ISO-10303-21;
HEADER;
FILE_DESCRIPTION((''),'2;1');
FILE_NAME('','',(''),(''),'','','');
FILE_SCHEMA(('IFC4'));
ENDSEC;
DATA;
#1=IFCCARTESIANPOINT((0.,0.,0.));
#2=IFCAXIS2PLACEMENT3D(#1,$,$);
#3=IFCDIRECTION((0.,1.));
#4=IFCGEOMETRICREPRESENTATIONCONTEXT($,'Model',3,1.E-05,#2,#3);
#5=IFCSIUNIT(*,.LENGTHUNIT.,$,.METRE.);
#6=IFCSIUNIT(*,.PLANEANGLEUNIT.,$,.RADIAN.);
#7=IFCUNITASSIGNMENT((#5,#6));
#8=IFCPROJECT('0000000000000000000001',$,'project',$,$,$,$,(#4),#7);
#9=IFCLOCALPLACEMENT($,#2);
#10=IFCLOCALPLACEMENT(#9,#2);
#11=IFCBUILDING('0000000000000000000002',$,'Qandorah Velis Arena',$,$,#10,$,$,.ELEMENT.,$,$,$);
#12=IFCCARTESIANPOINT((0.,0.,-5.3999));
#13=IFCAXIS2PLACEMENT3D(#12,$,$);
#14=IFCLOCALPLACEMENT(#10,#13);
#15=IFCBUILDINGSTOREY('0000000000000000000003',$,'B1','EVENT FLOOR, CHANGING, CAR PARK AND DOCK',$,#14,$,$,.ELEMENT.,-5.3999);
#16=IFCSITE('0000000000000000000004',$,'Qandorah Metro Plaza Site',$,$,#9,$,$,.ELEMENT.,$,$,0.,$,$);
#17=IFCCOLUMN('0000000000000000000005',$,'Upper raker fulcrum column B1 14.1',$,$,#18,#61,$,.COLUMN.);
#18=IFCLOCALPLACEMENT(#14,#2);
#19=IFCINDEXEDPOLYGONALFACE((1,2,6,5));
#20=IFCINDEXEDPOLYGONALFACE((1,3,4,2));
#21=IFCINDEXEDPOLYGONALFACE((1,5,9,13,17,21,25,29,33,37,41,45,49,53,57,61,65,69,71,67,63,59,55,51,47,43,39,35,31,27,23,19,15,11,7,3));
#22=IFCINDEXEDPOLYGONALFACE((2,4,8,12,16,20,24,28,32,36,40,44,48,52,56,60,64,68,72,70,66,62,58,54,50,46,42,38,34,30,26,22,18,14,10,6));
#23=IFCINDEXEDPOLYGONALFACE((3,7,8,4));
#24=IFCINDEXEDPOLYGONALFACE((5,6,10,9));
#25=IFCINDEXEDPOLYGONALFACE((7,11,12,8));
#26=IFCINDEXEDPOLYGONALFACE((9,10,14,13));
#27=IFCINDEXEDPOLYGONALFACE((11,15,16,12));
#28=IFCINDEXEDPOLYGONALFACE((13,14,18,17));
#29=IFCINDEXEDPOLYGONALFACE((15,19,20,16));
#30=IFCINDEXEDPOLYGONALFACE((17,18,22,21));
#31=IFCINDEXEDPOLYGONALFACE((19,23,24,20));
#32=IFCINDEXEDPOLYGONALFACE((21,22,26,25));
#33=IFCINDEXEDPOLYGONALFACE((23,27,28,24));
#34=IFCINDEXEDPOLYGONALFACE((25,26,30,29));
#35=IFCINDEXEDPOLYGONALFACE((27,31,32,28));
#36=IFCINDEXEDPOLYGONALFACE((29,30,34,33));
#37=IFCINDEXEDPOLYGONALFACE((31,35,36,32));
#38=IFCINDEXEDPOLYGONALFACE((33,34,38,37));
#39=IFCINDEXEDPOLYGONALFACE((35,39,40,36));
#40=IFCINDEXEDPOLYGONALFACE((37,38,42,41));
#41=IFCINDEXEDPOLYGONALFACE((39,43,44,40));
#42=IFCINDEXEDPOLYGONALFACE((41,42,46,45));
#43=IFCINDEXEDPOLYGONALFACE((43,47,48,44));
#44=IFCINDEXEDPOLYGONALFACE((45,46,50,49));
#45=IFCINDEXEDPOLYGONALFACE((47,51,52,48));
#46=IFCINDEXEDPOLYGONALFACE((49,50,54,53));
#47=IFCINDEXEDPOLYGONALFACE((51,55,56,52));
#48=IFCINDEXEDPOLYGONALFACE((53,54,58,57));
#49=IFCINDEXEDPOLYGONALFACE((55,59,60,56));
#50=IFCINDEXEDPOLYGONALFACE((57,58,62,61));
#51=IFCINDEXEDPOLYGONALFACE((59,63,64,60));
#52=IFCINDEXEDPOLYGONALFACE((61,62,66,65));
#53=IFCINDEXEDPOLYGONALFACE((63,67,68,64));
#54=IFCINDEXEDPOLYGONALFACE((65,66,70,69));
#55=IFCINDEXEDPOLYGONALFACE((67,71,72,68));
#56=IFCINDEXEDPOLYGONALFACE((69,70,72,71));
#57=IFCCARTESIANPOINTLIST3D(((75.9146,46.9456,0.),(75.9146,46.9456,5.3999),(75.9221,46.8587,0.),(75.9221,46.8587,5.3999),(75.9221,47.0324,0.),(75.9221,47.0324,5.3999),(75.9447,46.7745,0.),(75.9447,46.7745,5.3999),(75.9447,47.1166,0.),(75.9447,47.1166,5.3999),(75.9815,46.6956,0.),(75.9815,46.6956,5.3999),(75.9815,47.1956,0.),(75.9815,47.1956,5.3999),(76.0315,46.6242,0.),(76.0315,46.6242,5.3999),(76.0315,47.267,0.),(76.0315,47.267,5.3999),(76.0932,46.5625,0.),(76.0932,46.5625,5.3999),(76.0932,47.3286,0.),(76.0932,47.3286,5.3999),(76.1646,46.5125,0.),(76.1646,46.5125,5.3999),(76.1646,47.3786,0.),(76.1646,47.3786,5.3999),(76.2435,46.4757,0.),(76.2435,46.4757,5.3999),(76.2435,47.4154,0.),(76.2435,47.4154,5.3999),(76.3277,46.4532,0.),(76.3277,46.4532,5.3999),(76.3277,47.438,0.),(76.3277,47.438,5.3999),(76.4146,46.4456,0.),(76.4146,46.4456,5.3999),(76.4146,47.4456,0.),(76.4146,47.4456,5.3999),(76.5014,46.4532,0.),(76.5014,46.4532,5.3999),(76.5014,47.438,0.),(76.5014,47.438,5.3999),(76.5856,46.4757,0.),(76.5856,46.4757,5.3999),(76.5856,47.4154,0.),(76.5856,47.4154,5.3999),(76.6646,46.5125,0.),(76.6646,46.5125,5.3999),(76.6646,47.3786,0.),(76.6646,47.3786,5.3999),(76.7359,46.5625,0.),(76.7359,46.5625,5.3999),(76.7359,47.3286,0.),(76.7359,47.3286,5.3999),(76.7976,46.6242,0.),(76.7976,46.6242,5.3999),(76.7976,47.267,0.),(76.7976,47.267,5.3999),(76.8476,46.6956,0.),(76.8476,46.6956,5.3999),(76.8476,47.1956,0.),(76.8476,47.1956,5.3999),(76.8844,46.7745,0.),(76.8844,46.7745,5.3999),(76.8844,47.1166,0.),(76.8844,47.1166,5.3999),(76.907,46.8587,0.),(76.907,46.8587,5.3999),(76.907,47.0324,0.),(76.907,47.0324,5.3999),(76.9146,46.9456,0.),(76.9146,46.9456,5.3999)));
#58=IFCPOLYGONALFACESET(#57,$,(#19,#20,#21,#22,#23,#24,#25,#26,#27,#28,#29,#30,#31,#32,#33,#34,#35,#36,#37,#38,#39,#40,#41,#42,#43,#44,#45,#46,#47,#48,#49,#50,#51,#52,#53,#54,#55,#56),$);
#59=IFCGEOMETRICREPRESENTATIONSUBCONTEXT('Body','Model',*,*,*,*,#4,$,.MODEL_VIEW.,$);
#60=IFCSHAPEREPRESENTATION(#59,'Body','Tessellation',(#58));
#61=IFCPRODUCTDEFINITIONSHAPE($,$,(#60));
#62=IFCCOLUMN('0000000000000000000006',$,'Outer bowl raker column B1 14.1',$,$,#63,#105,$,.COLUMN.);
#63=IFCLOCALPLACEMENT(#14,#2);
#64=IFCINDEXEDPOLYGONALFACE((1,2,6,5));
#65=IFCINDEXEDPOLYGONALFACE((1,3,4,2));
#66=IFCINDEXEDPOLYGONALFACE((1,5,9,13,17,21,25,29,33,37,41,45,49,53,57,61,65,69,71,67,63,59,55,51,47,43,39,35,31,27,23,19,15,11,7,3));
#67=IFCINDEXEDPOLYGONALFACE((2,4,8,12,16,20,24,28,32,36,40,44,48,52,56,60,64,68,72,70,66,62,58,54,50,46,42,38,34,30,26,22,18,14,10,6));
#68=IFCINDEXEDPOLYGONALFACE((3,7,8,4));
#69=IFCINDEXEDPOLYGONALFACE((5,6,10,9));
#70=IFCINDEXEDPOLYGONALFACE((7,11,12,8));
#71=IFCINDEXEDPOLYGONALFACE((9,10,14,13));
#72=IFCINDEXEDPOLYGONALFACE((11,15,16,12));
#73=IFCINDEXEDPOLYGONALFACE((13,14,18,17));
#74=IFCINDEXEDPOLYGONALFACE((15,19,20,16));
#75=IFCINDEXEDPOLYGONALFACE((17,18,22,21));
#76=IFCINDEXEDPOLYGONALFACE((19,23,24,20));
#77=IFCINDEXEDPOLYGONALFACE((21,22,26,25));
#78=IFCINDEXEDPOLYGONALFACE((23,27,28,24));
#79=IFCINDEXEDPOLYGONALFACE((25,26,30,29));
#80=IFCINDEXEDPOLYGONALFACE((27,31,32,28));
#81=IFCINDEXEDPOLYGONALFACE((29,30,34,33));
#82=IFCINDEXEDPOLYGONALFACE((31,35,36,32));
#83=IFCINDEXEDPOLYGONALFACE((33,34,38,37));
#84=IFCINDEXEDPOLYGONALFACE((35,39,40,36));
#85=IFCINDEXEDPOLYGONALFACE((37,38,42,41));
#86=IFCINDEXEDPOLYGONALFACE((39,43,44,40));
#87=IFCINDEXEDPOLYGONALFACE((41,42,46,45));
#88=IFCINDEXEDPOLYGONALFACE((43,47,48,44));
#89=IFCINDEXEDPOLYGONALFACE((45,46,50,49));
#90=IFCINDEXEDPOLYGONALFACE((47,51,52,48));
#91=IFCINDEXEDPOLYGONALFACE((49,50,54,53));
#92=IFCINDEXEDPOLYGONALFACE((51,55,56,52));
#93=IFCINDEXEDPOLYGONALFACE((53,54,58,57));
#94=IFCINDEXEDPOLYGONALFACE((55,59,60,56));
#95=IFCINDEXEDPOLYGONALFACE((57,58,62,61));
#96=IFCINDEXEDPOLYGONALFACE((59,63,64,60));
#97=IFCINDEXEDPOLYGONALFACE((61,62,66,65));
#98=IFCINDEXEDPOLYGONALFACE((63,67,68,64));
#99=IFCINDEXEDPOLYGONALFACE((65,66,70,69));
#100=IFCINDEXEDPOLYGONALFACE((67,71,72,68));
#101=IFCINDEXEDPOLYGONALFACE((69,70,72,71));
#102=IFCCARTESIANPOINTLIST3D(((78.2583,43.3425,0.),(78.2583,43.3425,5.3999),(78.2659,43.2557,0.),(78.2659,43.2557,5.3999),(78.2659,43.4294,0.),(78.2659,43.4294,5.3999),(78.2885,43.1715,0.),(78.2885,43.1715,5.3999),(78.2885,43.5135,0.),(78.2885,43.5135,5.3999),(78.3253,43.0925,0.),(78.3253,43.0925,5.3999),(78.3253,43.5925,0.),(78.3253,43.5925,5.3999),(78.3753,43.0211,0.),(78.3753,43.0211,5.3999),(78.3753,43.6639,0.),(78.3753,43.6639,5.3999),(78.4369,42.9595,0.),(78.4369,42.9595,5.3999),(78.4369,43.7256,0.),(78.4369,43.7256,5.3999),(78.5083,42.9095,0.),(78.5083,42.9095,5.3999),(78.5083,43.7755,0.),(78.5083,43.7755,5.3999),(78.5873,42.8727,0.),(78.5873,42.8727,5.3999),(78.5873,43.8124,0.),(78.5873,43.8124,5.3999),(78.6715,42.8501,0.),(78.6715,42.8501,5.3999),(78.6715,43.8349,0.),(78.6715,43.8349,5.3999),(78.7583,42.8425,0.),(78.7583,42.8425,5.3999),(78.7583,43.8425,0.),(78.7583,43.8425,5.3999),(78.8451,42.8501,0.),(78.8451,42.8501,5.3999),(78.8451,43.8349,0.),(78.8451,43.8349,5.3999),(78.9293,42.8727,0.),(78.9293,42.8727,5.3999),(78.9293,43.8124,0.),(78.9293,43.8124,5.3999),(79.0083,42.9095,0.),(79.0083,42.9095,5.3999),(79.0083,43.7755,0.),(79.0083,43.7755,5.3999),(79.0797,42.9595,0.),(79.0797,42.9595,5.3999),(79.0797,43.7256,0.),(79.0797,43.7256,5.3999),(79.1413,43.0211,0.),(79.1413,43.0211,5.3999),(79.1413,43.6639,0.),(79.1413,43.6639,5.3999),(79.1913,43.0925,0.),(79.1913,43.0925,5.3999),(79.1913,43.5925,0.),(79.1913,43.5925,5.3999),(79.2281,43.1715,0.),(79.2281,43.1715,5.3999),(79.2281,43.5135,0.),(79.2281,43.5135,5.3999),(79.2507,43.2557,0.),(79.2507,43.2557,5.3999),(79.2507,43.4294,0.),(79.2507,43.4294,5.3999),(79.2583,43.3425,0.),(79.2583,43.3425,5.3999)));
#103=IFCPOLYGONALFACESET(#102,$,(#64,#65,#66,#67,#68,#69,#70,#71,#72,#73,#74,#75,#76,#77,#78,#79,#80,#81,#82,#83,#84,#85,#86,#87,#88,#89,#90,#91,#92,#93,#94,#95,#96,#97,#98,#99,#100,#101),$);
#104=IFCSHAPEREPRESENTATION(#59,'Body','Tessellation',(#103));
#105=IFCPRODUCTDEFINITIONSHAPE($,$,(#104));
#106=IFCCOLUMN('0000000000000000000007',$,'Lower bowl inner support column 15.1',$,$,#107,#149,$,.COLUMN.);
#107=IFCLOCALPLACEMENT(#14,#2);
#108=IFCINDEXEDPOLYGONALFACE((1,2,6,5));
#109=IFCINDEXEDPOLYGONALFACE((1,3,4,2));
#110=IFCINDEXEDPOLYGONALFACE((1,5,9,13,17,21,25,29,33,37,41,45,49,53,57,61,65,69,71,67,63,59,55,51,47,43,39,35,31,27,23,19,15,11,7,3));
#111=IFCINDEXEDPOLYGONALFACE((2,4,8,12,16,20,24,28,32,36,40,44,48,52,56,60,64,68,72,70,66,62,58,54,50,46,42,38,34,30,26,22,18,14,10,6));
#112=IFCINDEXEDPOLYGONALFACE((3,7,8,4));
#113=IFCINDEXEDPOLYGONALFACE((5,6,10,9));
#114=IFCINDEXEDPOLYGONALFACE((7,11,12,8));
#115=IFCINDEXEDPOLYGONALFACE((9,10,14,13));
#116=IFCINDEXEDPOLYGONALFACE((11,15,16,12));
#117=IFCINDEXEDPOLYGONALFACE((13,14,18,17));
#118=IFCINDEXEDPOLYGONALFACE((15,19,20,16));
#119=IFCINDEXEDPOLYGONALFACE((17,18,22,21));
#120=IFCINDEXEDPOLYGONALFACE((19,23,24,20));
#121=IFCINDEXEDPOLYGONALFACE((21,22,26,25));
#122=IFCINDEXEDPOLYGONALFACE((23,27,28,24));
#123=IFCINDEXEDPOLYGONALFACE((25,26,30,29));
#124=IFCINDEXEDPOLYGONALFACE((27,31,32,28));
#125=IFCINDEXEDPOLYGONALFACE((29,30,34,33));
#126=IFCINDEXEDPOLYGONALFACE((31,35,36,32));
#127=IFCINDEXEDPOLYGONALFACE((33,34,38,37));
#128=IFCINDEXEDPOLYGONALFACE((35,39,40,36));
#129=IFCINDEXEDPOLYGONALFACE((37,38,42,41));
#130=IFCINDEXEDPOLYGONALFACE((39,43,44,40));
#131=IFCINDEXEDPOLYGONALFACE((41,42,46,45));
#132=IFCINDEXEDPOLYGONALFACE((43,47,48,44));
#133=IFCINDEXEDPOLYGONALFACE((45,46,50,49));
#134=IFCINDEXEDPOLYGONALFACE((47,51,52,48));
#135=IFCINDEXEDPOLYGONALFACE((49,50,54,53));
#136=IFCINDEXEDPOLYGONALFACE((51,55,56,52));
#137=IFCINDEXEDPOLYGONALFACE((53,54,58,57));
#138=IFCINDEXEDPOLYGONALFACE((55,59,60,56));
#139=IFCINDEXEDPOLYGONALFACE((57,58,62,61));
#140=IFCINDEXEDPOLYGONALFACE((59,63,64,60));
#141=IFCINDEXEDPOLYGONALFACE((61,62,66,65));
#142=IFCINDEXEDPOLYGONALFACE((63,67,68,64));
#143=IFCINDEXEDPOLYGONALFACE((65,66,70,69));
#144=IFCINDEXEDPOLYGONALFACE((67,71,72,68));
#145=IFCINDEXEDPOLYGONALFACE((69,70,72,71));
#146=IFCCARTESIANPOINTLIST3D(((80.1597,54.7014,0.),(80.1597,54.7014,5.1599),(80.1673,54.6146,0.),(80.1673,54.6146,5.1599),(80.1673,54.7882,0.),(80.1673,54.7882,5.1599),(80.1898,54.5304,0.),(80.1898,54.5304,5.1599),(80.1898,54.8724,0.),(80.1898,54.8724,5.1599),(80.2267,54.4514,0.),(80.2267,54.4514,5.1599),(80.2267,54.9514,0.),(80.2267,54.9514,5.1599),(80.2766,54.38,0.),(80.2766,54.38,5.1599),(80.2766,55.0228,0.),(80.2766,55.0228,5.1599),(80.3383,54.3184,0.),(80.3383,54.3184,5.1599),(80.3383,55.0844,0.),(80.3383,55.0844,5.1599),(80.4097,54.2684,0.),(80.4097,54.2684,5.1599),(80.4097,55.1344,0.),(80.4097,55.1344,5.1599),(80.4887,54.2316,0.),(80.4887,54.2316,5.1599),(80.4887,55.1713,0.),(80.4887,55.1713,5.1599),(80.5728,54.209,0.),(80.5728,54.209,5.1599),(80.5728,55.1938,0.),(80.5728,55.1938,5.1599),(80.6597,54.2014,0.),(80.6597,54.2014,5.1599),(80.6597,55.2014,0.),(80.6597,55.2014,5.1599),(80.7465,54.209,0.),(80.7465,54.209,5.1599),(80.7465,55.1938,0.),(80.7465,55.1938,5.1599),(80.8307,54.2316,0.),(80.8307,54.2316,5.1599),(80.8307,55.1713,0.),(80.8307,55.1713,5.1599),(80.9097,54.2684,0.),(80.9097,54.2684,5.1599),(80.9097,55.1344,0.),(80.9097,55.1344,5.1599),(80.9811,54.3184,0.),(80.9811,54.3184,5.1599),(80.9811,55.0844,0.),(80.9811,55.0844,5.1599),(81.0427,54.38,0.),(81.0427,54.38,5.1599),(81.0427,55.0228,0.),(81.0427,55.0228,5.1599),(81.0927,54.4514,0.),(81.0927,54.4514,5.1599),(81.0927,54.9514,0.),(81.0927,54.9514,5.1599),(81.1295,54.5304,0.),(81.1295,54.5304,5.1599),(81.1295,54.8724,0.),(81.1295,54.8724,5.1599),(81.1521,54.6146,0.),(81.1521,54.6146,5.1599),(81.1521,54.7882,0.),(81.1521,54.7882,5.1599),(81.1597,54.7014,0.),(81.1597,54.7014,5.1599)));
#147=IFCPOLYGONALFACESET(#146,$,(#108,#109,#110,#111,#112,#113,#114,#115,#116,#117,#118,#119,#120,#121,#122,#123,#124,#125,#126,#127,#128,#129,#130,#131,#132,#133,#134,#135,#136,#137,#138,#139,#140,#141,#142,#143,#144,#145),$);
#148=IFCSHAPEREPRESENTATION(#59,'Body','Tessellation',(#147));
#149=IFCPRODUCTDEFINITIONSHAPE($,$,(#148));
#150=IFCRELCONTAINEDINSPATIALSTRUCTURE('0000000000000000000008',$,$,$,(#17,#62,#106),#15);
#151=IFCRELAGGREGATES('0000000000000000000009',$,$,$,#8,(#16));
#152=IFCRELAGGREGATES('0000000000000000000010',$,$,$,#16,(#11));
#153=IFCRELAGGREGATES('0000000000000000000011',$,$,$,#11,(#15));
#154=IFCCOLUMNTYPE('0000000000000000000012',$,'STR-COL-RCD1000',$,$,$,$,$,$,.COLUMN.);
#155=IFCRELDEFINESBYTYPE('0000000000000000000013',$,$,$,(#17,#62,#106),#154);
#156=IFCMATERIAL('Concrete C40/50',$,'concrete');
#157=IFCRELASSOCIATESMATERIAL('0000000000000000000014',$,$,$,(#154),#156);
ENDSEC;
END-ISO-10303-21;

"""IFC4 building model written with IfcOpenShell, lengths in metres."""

from ifc_helpers import new_model, si_unit, direction, frame, origin, origin_2d, place, context, subcontext, project, spatial, circle, extrude, material, material_profile, profile_set, type_object, element, save


model = new_model("IFC4")

# Units and contexts
model_context = context("Model", 3, precision=1e-05, world=origin(), true_north=direction((0.0, 1.0)))
body_context = subcontext(model_context, "Body", "Model", "MODEL_VIEW")
ifc_project = project(units=[si_unit("LENGTHUNIT", "METRE"), si_unit("PLANEANGLEUNIT", "RADIAN")], contexts=[model_context])

# Site, building, storey
site_placement = place(None, origin())
site = spatial("IfcSite", under=ifc_project, at=site_placement, Name="Qandorah Metro Plaza Site", CompositionType="ELEMENT", RefElevation=0.0)
building_placement = place(site_placement, origin())
building = spatial("IfcBuilding", under=site, at=building_placement, Name="Qandorah Velis Arena", CompositionType="ELEMENT")
storey_placement = place(building_placement, frame((0.0, 0.0, -5.3999)))
storey = spatial("IfcBuildingStorey", under=building, at=storey_placement, Name="B1", Description="EVENT FLOOR, CHANGING, CAR PARK AND DOCK", CompositionType="ELEMENT", Elevation=-5.3999)

# Shared definitions
ifc_material = material(Name="Concrete C40/50", Category="concrete")

# Columns
ifc_material_profile_1 = material_profile(ifc_material, circle(Radius=0.5, at=origin_2d()), Name="RC D1000")
ifc_profile_set_1 = profile_set([ifc_material_profile_1], Name="Concrete C40/50")
column_type_1 = type_object("IfcColumnType", Name="STR-COL-RCD1000", PredefinedType="COLUMN", material=ifc_profile_set_1)
for number, where, z_axis, x_axis, name in (
    (1, (76.4146, 46.9456, 0.0), (0.0, 0.0, 1.0), (1.0, 0.0, 0.0), "Upper raker fulcrum column B1 14.1"),
    (2, (78.7583, 43.3425, 0.0), (0.0, 0.0, 1.0), (1.0, 0.0, 0.0), "Outer bowl raker column B1 14.1"),
):
    element("IfcColumn", number, at=place(storey_placement, frame(where, z_axis=z_axis, x_axis=x_axis)), inside=storey, type_object=column_type_1, Name=name, PredefinedType="COLUMN", context=body_context, shape_type="SweptSolid", body=[
        extrude(circle(Radius=0.5, at=origin_2d()), origin(), (0.0, 0.0, 1.0), 5.3999),
    ])
column_1_placement = place(storey_placement, frame((80.6597, 54.7014, 0.0), z_axis=(0.0, 0.0, 1.0), x_axis=(1.0, 0.0, 0.0)))
element("IfcColumn", 3, at=column_1_placement, inside=storey, type_object=column_type_1, Name="Lower bowl inner support column 15.1", PredefinedType="COLUMN", context=body_context, shape_type="SweptSolid", body=[
    extrude(circle(Radius=0.5, at=origin_2d()), origin(), (0.0, 0.0, 1.0), 5.1599),
])

save(model, "model.ifc")
